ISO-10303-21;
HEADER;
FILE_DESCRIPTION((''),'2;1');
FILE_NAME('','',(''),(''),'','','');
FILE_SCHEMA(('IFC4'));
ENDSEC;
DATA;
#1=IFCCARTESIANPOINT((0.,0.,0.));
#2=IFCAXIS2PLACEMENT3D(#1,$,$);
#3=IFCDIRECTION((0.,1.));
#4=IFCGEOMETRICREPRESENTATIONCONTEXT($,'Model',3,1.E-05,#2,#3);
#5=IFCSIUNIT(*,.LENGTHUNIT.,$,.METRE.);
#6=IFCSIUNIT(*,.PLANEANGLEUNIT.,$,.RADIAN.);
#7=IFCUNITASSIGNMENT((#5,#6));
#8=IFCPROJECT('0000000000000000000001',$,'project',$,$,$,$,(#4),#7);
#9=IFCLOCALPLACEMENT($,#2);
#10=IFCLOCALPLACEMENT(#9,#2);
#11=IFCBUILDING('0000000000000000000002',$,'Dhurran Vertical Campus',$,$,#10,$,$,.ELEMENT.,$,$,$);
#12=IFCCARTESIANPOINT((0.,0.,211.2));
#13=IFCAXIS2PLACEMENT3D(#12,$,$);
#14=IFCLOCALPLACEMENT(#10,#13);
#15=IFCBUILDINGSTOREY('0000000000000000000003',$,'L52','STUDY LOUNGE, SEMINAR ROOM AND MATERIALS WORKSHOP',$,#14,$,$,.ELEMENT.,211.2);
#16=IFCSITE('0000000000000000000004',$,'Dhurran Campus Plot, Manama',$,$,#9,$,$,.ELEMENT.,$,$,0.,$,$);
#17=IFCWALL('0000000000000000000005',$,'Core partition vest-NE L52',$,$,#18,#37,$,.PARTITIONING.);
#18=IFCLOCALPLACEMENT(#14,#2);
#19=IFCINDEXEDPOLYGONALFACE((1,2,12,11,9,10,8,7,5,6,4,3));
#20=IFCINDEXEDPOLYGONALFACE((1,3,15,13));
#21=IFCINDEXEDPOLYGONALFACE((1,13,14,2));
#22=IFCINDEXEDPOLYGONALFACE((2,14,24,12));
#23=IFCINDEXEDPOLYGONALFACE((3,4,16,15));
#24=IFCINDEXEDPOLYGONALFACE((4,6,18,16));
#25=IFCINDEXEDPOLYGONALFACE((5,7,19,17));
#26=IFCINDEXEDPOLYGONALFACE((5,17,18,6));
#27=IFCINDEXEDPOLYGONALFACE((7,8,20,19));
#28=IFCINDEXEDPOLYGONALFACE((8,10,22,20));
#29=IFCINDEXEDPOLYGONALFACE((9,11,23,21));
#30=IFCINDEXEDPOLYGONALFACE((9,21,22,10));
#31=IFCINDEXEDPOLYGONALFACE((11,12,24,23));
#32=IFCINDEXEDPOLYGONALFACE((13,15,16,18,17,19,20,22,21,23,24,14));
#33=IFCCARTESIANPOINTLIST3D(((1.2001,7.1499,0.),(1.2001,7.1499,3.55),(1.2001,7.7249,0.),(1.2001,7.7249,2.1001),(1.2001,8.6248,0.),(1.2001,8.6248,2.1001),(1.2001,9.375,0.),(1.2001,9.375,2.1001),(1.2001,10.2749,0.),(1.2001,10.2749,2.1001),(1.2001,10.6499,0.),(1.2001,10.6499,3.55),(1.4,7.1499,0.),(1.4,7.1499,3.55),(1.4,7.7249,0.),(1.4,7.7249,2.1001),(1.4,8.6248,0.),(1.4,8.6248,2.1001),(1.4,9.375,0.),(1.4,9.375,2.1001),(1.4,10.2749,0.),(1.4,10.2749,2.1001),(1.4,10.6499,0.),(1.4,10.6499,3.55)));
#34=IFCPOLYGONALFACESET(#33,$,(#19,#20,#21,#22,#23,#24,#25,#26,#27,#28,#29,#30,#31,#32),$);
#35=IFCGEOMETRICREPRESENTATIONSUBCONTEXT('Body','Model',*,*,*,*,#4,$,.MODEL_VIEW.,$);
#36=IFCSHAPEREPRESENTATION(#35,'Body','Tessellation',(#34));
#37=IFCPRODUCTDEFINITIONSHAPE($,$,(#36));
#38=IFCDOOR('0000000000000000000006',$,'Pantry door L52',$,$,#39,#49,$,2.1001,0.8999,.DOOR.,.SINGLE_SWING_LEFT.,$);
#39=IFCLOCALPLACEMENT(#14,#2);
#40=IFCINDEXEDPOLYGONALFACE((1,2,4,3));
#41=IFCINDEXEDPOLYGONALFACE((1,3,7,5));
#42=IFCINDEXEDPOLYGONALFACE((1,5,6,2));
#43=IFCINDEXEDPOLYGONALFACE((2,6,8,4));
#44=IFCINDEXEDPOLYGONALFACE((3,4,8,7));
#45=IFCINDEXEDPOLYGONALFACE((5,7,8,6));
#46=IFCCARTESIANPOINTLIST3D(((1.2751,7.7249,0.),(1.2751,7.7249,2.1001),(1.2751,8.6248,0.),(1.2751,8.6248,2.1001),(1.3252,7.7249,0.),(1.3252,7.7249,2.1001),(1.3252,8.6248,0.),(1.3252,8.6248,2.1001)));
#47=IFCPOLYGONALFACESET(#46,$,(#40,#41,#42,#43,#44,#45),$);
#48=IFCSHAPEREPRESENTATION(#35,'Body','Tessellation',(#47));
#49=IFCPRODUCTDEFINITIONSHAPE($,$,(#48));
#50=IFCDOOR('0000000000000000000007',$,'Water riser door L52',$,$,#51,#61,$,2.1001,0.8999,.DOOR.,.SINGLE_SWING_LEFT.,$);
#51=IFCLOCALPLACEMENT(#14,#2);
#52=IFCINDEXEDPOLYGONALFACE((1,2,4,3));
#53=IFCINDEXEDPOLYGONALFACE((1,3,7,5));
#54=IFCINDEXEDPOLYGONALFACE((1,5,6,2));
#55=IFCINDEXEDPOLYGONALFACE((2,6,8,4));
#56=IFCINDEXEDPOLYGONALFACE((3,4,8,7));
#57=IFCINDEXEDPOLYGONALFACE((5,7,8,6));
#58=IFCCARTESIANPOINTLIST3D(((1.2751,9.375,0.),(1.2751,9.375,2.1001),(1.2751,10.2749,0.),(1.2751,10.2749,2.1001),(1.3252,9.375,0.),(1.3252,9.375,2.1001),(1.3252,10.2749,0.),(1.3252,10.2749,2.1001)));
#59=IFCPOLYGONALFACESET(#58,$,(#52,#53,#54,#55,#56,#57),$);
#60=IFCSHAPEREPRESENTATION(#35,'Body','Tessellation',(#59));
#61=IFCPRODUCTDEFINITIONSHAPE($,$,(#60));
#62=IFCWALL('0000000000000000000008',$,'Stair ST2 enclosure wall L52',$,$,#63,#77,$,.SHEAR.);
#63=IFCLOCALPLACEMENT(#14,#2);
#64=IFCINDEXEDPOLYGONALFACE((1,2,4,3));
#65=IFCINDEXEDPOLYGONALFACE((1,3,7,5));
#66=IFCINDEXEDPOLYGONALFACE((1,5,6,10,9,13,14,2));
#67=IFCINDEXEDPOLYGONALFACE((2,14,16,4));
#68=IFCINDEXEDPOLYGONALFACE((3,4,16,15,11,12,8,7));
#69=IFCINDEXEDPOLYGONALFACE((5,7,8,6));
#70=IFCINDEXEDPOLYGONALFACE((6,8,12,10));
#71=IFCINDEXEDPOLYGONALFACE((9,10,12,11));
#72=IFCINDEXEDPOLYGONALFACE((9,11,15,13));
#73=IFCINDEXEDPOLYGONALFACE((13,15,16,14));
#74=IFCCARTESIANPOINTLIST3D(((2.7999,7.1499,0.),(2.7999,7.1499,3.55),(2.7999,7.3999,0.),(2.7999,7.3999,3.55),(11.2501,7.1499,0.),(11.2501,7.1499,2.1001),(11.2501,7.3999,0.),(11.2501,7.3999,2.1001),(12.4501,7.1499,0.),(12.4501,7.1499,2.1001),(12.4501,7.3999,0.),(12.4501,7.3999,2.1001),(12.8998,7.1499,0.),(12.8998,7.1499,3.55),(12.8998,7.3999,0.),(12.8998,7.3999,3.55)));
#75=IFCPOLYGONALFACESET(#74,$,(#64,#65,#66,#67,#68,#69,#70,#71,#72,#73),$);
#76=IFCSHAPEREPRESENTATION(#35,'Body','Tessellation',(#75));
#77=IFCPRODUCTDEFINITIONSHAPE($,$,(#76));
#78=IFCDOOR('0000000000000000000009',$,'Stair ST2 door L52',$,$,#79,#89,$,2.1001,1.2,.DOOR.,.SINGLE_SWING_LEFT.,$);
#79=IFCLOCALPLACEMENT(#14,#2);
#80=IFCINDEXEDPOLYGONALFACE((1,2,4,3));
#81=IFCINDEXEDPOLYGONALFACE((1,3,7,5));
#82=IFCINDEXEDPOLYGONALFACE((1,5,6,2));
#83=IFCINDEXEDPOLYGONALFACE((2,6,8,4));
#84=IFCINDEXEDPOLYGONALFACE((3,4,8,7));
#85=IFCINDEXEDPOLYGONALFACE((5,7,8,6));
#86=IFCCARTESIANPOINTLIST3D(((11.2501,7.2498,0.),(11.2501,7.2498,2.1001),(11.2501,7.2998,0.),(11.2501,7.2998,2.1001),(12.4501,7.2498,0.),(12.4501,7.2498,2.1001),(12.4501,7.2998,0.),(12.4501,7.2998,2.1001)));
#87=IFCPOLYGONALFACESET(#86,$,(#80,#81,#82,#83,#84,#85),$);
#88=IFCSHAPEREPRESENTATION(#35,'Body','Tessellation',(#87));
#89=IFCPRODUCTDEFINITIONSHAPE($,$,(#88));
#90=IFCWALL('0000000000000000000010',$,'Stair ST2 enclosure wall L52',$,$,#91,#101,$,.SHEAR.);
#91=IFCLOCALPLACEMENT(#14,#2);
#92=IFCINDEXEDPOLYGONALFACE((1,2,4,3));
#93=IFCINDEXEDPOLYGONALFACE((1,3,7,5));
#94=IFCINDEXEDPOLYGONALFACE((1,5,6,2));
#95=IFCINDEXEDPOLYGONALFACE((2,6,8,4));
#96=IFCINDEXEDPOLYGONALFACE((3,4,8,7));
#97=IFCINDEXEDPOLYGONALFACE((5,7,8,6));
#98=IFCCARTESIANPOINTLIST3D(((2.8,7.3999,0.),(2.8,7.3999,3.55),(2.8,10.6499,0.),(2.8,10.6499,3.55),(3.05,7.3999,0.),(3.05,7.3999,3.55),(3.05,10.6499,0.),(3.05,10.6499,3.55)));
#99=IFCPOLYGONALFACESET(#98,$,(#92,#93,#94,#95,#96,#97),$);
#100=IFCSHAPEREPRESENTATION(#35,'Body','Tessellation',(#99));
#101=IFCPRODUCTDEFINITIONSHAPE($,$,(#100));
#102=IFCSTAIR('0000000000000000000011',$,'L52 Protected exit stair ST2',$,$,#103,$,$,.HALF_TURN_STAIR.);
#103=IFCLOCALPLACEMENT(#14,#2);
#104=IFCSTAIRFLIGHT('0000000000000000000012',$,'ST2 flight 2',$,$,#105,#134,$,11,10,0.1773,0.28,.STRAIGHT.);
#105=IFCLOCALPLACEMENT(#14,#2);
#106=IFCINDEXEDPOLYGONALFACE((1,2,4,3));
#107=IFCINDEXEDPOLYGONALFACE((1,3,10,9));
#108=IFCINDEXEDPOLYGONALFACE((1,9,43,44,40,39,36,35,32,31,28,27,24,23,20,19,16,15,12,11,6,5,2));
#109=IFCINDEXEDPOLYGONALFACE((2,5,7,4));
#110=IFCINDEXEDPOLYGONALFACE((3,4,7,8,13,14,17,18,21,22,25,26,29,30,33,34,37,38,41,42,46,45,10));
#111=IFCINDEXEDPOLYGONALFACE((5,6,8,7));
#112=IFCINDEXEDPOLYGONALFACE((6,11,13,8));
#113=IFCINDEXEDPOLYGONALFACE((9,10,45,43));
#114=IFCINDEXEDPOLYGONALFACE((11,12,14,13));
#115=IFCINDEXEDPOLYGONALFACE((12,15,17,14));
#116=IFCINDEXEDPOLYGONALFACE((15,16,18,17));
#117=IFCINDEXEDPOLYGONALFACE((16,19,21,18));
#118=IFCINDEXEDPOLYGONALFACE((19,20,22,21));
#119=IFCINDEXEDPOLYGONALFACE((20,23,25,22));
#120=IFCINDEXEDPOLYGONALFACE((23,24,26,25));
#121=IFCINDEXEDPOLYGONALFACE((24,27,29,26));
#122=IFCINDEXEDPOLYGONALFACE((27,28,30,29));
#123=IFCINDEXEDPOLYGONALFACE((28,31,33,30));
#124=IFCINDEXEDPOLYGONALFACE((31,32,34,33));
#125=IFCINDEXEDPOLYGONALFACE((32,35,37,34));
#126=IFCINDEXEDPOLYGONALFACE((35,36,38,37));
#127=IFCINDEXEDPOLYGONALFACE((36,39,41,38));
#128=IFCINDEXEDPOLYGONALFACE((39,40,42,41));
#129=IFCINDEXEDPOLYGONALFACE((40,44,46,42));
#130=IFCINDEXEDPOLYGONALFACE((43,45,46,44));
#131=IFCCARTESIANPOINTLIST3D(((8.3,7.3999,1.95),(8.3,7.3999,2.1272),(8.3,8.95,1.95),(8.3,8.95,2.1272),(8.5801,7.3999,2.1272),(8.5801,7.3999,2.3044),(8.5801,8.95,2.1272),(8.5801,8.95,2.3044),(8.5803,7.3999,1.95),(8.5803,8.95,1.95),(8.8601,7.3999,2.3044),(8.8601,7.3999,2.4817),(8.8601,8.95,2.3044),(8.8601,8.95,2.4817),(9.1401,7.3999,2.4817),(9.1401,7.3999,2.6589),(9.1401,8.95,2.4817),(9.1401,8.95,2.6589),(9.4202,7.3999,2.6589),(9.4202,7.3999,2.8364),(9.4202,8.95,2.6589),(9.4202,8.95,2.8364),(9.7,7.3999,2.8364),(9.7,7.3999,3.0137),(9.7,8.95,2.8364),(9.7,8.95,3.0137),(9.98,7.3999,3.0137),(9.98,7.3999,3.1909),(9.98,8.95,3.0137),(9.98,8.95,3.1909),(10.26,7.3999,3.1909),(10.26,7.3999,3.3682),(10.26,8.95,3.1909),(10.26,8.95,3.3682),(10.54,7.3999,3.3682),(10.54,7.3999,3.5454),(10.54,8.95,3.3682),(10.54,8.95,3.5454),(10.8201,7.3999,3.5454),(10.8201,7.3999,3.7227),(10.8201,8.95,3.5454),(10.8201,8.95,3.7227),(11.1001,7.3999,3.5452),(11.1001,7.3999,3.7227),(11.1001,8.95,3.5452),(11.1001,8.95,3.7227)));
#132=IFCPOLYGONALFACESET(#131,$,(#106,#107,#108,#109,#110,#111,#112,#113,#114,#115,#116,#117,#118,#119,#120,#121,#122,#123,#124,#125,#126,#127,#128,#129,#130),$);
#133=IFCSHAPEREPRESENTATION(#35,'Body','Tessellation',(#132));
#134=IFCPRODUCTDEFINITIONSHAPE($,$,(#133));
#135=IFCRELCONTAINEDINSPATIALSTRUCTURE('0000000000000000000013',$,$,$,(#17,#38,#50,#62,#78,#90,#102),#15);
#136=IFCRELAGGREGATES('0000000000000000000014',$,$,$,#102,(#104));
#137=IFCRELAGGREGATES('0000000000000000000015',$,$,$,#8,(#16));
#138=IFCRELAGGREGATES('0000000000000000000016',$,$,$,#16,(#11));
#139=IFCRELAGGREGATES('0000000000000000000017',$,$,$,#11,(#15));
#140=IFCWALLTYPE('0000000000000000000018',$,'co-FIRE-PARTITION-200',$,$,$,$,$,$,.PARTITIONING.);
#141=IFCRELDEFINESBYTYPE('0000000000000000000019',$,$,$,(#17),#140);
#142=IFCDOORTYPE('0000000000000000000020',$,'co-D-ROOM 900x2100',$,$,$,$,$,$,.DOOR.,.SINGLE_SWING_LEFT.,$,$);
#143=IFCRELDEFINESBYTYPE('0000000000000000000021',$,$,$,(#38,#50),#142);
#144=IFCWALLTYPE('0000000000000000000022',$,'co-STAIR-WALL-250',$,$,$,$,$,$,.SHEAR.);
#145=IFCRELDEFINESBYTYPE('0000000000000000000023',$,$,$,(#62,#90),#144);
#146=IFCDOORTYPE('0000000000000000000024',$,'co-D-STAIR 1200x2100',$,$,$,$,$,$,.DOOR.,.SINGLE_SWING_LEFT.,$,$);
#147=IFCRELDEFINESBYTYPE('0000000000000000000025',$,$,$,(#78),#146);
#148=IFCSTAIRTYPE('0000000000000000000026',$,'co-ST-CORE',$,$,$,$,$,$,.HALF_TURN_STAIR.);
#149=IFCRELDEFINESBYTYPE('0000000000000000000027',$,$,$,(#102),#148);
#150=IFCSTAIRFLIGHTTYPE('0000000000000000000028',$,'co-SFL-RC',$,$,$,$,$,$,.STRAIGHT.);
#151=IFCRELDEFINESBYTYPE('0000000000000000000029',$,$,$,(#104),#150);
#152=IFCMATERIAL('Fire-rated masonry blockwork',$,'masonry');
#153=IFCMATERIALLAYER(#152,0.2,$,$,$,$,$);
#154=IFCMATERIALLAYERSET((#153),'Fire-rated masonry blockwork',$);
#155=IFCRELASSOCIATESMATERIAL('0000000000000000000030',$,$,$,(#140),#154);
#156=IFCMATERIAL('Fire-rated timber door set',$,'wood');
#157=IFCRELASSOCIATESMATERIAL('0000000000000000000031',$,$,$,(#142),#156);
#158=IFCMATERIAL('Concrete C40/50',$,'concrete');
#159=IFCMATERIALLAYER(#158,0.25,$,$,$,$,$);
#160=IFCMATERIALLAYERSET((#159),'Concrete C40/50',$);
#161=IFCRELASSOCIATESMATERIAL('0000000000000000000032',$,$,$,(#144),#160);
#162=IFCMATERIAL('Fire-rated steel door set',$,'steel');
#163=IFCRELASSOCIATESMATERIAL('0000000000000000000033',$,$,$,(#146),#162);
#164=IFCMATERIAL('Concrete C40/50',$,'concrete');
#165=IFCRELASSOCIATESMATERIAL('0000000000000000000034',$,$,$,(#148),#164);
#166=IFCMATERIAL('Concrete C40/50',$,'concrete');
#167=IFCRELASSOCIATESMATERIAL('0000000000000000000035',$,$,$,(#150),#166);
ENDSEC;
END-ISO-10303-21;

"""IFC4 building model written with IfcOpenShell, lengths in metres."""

from ifc_helpers import new_model, si_unit, direction, frame, frame_2d, origin, place, context, subcontext, project, spatial, polyline, rectangle, outline, extrude, material, layer, layer_set, type_object, element, fill, aggregate, save


model = new_model("IFC4")

# Units and contexts
model_context = context("Model", 3, precision=1e-05, world=origin(), true_north=direction((0.0, 1.0)))
body_context = subcontext(model_context, "Body", "Model", "MODEL_VIEW")
ifc_project = project(units=[si_unit("LENGTHUNIT", "METRE"), si_unit("PLANEANGLEUNIT", "RADIAN")], contexts=[model_context])

# Site, building, storey
site_placement = place(None, origin())
site = spatial("IfcSite", under=ifc_project, at=site_placement, Name="Dhurran Campus Plot, Manama", CompositionType="ELEMENT", RefElevation=0.0)
building_placement = place(site_placement, origin())
building = spatial("IfcBuilding", under=site, at=building_placement, Name="Dhurran Vertical Campus", CompositionType="ELEMENT")
storey_placement = place(building_placement, frame((0.0, 0.0, 211.2)))
storey = spatial("IfcBuildingStorey", under=building, at=storey_placement, Name="L52", Description="STUDY LOUNGE, SEMINAR ROOM AND MATERIALS WORKSHOP", CompositionType="ELEMENT", Elevation=211.2)

# Shared definitions
ifc_material_1 = material(Name="Fire-rated masonry blockwork", Category="masonry")
ifc_layer_1 = layer(ifc_material_1, 0.2)
ifc_layer_set_1 = layer_set([ifc_layer_1], Name="Fire-rated masonry blockwork")
wall_type_1 = type_object("IfcWallType", Name="co-FIRE-PARTITION-200", PredefinedType="PARTITIONING", material=ifc_layer_set_1)

# Wall, openings, doors
wall_1_placement = place(storey_placement, frame((1.3, 7.1499, 0.0), z_axis=(0.0, 0.0, 1.0), x_axis=(0.0, 1.0, 0.0)))
wall_1 = element("IfcWall", 1, at=wall_1_placement, inside=storey, type_object=wall_type_1, Name="Core partition vest-NE L52", PredefinedType="PARTITIONING", context=body_context, shape_type="SweptSolid", body=[
    extrude(rectangle(XDim=3.5, YDim=0.2, at=frame_2d((1.75, 0.0))), origin(), (0.0, 0.0, 1.0), 3.55),
])
opening_1_placement = place(wall_1_placement, frame((0.575, 0.0, 0.0)))
opening_1 = element("IfcOpeningElement", 2, at=opening_1_placement, cuts=wall_1, PredefinedType="OPENING", context=body_context, shape_type="SweptSolid", body=[
    extrude(rectangle(XDim=0.8999, YDim=2.1001, at=frame_2d((0.45, 1.05))), frame((0.0, 0.1099, 0.0), z_axis=(0.0, -1.0, 0.0), x_axis=(1.0, 0.0, 0.0)), (0.0, 0.0, 1.0), 0.22),
])
opening_2_placement = place(wall_1_placement, frame((2.2251, 0.0, 0.0)))
opening_2 = element("IfcOpeningElement", 3, at=opening_2_placement, cuts=wall_1, PredefinedType="OPENING", context=body_context, shape_type="SweptSolid", body=[
    extrude(rectangle(XDim=0.8999, YDim=2.1001, at=frame_2d((0.45, 1.05))), frame((0.0, 0.1099, 0.0), z_axis=(0.0, -1.0, 0.0), x_axis=(1.0, 0.0, 0.0)), (0.0, 0.0, 1.0), 0.22),
])
ifc_material_2 = material(Name="Fire-rated timber door set", Category="wood")
door_type_1 = type_object("IfcDoorType", Name="co-D-ROOM 900x2100", OperationType="SINGLE_SWING_LEFT", PredefinedType="DOOR", material=ifc_material_2)
door_1_placement = place(opening_1_placement, origin())
door_1 = element("IfcDoor", 4, at=door_1_placement, inside=storey, type_object=door_type_1, Name="Pantry door L52", OperationType="SINGLE_SWING_LEFT", OverallHeight=2.1001, OverallWidth=0.8999, PredefinedType="DOOR", context=body_context, shape_type="SweptSolid", body=[
    extrude(rectangle(XDim=0.8999, YDim=2.1001, at=frame_2d((0.45, 1.05))), frame((0.0, 0.0249, 0.0), z_axis=(0.0, -1.0, 0.0), x_axis=(1.0, 0.0, 0.0)), (0.0, 0.0, 1.0), 0.05),
])
fill(opening_1, door_1)
door_2_placement = place(opening_2_placement, origin())
door_2 = element("IfcDoor", 5, at=door_2_placement, inside=storey, type_object=door_type_1, Name="Water riser door L52", OperationType="SINGLE_SWING_LEFT", OverallHeight=2.1001, OverallWidth=0.8999, PredefinedType="DOOR", context=body_context, shape_type="SweptSolid", body=[
    extrude(rectangle(XDim=0.8999, YDim=2.1001, at=frame_2d((0.45, 1.05))), frame((0.0, 0.0249, 0.0), z_axis=(0.0, -1.0, 0.0), x_axis=(1.0, 0.0, 0.0)), (0.0, 0.0, 1.0), 0.05),
])
fill(opening_2, door_2)

# Wall, opening, door
ifc_material_3 = material(Name="Concrete C40/50", Category="concrete")
ifc_layer_2 = layer(ifc_material_3, 0.25)
ifc_layer_set_2 = layer_set([ifc_layer_2], Name="Concrete C40/50")
wall_type_2 = type_object("IfcWallType", Name="co-STAIR-WALL-250", PredefinedType="SHEAR", material=ifc_layer_set_2)
wall_2_placement = place(storey_placement, frame((2.8, 7.2749, 0.0), z_axis=(0.0, 0.0, 1.0), x_axis=(1.0, 0.0, 0.0)))
wall_2 = element("IfcWall", 6, at=wall_2_placement, inside=storey, type_object=wall_type_2, Name="Stair ST2 enclosure wall L52", PredefinedType="SHEAR", context=body_context, shape_type="SweptSolid", body=[
    extrude(rectangle(XDim=10.0999, YDim=0.25, at=frame_2d((5.0498, 0.0))), origin(), (0.0, 0.0, 1.0), 3.55),
])
opening_3_placement = place(wall_2_placement, frame((8.45, 0.0, 0.0)))
opening_3 = element("IfcOpeningElement", 7, at=opening_3_placement, cuts=wall_2, PredefinedType="OPENING", context=body_context, shape_type="SweptSolid", body=[
    extrude(rectangle(XDim=1.2, YDim=2.1001, at=frame_2d((0.6001, 1.05))), frame((0.0, 0.135, 0.0), z_axis=(0.0, -1.0, 0.0), x_axis=(1.0, 0.0, 0.0)), (0.0, 0.0, 1.0), 0.27),
])
ifc_material_4 = material(Name="Fire-rated steel door set", Category="steel")
door_type_2 = type_object("IfcDoorType", Name="co-D-STAIR 1200x2100", OperationType="SINGLE_SWING_LEFT", PredefinedType="DOOR", material=ifc_material_4)
door_3_placement = place(opening_3_placement, origin())
door_3 = element("IfcDoor", 8, at=door_3_placement, inside=storey, type_object=door_type_2, Name="Stair ST2 door L52", OperationType="SINGLE_SWING_LEFT", OverallHeight=2.1001, OverallWidth=1.2, PredefinedType="DOOR", context=body_context, shape_type="SweptSolid", body=[
    extrude(rectangle(XDim=1.2, YDim=2.1001, at=frame_2d((0.6001, 1.05))), frame((0.0, 0.0249, 0.0), z_axis=(0.0, -1.0, 0.0), x_axis=(1.0, 0.0, 0.0)), (0.0, 0.0, 1.0), 0.05),
])
fill(opening_3, door_3)

# Wall
wall_3_placement = place(storey_placement, frame((2.925, 7.3999, 0.0), z_axis=(0.0, 0.0, 1.0), x_axis=(0.0, 1.0, 0.0)))
element("IfcWall", 9, at=wall_3_placement, inside=storey, type_object=wall_type_2, Name="Stair ST2 enclosure wall L52", PredefinedType="SHEAR", context=body_context, shape_type="SweptSolid", body=[
    extrude(rectangle(XDim=3.25, YDim=0.25, at=frame_2d((1.625, 0.0))), origin(), (0.0, 0.0, 1.0), 3.55),
])

# Stair, stair flight
ifc_material_5 = material(Name="Concrete C40/50", Category="concrete")
stair_type = type_object("IfcStairType", Name="co-ST-CORE", PredefinedType="HALF_TURN_STAIR", material=ifc_material_5)
stair_placement = place(storey_placement, origin())
stair = element("IfcStair", 10, at=stair_placement, inside=storey, type_object=stair_type, Name="L52 Protected exit stair ST2", PredefinedType="HALF_TURN_STAIR")
ifc_material_6 = material(Name="Concrete C40/50", Category="concrete")
stair_flight_type = type_object("IfcStairFlightType", Name="co-SFL-RC", PredefinedType="STRAIGHT", material=ifc_material_6)
stair_flight_placement = place(storey_placement, frame((8.3, 8.175, 1.95), z_axis=(0.0, 0.0, 1.0), x_axis=(1.0, 0.0, 0.0)))
stair_flight = element("IfcStairFlight", 11, at=stair_flight_placement, type_object=stair_flight_type, Name="ST2 flight 2", NumberOfRisers=11, NumberOfTreads=10, PredefinedType="STRAIGHT", RiserHeight=0.1773, TreadLength=0.28, context=body_context, shape_type="SweptSolid", body=[
    extrude(outline(polyline([(0.0, 0.0), (0.0, 0.1772), (0.28, 0.1772), (0.28, 0.3545), (0.5601, 0.3545), (0.5601, 0.5317), (0.8401, 0.5317), (0.8401, 0.709), (1.1201, 0.709), (1.1201, 0.8865), (1.3999, 0.8865), (1.3999, 1.0637), (1.6799, 1.0637), (1.6799, 1.241), (1.96, 1.241), (1.96, 1.4182), (2.24, 1.4182), (2.24, 1.5955), (2.52, 1.5955), (2.52, 1.7727), (2.8, 1.7727), (2.8, 1.95), (2.8, 1.5952), (0.2803, 0.0), (0.0, 0.0)])), frame((0.0, 0.7749, 0.0), z_axis=(0.0, -1.0, 0.0), x_axis=(1.0, 0.0, 0.0)), (0.0, 0.0, 1.0), 1.55),
])
aggregate(stair, [stair_flight])

save(model, "model.ifc")
